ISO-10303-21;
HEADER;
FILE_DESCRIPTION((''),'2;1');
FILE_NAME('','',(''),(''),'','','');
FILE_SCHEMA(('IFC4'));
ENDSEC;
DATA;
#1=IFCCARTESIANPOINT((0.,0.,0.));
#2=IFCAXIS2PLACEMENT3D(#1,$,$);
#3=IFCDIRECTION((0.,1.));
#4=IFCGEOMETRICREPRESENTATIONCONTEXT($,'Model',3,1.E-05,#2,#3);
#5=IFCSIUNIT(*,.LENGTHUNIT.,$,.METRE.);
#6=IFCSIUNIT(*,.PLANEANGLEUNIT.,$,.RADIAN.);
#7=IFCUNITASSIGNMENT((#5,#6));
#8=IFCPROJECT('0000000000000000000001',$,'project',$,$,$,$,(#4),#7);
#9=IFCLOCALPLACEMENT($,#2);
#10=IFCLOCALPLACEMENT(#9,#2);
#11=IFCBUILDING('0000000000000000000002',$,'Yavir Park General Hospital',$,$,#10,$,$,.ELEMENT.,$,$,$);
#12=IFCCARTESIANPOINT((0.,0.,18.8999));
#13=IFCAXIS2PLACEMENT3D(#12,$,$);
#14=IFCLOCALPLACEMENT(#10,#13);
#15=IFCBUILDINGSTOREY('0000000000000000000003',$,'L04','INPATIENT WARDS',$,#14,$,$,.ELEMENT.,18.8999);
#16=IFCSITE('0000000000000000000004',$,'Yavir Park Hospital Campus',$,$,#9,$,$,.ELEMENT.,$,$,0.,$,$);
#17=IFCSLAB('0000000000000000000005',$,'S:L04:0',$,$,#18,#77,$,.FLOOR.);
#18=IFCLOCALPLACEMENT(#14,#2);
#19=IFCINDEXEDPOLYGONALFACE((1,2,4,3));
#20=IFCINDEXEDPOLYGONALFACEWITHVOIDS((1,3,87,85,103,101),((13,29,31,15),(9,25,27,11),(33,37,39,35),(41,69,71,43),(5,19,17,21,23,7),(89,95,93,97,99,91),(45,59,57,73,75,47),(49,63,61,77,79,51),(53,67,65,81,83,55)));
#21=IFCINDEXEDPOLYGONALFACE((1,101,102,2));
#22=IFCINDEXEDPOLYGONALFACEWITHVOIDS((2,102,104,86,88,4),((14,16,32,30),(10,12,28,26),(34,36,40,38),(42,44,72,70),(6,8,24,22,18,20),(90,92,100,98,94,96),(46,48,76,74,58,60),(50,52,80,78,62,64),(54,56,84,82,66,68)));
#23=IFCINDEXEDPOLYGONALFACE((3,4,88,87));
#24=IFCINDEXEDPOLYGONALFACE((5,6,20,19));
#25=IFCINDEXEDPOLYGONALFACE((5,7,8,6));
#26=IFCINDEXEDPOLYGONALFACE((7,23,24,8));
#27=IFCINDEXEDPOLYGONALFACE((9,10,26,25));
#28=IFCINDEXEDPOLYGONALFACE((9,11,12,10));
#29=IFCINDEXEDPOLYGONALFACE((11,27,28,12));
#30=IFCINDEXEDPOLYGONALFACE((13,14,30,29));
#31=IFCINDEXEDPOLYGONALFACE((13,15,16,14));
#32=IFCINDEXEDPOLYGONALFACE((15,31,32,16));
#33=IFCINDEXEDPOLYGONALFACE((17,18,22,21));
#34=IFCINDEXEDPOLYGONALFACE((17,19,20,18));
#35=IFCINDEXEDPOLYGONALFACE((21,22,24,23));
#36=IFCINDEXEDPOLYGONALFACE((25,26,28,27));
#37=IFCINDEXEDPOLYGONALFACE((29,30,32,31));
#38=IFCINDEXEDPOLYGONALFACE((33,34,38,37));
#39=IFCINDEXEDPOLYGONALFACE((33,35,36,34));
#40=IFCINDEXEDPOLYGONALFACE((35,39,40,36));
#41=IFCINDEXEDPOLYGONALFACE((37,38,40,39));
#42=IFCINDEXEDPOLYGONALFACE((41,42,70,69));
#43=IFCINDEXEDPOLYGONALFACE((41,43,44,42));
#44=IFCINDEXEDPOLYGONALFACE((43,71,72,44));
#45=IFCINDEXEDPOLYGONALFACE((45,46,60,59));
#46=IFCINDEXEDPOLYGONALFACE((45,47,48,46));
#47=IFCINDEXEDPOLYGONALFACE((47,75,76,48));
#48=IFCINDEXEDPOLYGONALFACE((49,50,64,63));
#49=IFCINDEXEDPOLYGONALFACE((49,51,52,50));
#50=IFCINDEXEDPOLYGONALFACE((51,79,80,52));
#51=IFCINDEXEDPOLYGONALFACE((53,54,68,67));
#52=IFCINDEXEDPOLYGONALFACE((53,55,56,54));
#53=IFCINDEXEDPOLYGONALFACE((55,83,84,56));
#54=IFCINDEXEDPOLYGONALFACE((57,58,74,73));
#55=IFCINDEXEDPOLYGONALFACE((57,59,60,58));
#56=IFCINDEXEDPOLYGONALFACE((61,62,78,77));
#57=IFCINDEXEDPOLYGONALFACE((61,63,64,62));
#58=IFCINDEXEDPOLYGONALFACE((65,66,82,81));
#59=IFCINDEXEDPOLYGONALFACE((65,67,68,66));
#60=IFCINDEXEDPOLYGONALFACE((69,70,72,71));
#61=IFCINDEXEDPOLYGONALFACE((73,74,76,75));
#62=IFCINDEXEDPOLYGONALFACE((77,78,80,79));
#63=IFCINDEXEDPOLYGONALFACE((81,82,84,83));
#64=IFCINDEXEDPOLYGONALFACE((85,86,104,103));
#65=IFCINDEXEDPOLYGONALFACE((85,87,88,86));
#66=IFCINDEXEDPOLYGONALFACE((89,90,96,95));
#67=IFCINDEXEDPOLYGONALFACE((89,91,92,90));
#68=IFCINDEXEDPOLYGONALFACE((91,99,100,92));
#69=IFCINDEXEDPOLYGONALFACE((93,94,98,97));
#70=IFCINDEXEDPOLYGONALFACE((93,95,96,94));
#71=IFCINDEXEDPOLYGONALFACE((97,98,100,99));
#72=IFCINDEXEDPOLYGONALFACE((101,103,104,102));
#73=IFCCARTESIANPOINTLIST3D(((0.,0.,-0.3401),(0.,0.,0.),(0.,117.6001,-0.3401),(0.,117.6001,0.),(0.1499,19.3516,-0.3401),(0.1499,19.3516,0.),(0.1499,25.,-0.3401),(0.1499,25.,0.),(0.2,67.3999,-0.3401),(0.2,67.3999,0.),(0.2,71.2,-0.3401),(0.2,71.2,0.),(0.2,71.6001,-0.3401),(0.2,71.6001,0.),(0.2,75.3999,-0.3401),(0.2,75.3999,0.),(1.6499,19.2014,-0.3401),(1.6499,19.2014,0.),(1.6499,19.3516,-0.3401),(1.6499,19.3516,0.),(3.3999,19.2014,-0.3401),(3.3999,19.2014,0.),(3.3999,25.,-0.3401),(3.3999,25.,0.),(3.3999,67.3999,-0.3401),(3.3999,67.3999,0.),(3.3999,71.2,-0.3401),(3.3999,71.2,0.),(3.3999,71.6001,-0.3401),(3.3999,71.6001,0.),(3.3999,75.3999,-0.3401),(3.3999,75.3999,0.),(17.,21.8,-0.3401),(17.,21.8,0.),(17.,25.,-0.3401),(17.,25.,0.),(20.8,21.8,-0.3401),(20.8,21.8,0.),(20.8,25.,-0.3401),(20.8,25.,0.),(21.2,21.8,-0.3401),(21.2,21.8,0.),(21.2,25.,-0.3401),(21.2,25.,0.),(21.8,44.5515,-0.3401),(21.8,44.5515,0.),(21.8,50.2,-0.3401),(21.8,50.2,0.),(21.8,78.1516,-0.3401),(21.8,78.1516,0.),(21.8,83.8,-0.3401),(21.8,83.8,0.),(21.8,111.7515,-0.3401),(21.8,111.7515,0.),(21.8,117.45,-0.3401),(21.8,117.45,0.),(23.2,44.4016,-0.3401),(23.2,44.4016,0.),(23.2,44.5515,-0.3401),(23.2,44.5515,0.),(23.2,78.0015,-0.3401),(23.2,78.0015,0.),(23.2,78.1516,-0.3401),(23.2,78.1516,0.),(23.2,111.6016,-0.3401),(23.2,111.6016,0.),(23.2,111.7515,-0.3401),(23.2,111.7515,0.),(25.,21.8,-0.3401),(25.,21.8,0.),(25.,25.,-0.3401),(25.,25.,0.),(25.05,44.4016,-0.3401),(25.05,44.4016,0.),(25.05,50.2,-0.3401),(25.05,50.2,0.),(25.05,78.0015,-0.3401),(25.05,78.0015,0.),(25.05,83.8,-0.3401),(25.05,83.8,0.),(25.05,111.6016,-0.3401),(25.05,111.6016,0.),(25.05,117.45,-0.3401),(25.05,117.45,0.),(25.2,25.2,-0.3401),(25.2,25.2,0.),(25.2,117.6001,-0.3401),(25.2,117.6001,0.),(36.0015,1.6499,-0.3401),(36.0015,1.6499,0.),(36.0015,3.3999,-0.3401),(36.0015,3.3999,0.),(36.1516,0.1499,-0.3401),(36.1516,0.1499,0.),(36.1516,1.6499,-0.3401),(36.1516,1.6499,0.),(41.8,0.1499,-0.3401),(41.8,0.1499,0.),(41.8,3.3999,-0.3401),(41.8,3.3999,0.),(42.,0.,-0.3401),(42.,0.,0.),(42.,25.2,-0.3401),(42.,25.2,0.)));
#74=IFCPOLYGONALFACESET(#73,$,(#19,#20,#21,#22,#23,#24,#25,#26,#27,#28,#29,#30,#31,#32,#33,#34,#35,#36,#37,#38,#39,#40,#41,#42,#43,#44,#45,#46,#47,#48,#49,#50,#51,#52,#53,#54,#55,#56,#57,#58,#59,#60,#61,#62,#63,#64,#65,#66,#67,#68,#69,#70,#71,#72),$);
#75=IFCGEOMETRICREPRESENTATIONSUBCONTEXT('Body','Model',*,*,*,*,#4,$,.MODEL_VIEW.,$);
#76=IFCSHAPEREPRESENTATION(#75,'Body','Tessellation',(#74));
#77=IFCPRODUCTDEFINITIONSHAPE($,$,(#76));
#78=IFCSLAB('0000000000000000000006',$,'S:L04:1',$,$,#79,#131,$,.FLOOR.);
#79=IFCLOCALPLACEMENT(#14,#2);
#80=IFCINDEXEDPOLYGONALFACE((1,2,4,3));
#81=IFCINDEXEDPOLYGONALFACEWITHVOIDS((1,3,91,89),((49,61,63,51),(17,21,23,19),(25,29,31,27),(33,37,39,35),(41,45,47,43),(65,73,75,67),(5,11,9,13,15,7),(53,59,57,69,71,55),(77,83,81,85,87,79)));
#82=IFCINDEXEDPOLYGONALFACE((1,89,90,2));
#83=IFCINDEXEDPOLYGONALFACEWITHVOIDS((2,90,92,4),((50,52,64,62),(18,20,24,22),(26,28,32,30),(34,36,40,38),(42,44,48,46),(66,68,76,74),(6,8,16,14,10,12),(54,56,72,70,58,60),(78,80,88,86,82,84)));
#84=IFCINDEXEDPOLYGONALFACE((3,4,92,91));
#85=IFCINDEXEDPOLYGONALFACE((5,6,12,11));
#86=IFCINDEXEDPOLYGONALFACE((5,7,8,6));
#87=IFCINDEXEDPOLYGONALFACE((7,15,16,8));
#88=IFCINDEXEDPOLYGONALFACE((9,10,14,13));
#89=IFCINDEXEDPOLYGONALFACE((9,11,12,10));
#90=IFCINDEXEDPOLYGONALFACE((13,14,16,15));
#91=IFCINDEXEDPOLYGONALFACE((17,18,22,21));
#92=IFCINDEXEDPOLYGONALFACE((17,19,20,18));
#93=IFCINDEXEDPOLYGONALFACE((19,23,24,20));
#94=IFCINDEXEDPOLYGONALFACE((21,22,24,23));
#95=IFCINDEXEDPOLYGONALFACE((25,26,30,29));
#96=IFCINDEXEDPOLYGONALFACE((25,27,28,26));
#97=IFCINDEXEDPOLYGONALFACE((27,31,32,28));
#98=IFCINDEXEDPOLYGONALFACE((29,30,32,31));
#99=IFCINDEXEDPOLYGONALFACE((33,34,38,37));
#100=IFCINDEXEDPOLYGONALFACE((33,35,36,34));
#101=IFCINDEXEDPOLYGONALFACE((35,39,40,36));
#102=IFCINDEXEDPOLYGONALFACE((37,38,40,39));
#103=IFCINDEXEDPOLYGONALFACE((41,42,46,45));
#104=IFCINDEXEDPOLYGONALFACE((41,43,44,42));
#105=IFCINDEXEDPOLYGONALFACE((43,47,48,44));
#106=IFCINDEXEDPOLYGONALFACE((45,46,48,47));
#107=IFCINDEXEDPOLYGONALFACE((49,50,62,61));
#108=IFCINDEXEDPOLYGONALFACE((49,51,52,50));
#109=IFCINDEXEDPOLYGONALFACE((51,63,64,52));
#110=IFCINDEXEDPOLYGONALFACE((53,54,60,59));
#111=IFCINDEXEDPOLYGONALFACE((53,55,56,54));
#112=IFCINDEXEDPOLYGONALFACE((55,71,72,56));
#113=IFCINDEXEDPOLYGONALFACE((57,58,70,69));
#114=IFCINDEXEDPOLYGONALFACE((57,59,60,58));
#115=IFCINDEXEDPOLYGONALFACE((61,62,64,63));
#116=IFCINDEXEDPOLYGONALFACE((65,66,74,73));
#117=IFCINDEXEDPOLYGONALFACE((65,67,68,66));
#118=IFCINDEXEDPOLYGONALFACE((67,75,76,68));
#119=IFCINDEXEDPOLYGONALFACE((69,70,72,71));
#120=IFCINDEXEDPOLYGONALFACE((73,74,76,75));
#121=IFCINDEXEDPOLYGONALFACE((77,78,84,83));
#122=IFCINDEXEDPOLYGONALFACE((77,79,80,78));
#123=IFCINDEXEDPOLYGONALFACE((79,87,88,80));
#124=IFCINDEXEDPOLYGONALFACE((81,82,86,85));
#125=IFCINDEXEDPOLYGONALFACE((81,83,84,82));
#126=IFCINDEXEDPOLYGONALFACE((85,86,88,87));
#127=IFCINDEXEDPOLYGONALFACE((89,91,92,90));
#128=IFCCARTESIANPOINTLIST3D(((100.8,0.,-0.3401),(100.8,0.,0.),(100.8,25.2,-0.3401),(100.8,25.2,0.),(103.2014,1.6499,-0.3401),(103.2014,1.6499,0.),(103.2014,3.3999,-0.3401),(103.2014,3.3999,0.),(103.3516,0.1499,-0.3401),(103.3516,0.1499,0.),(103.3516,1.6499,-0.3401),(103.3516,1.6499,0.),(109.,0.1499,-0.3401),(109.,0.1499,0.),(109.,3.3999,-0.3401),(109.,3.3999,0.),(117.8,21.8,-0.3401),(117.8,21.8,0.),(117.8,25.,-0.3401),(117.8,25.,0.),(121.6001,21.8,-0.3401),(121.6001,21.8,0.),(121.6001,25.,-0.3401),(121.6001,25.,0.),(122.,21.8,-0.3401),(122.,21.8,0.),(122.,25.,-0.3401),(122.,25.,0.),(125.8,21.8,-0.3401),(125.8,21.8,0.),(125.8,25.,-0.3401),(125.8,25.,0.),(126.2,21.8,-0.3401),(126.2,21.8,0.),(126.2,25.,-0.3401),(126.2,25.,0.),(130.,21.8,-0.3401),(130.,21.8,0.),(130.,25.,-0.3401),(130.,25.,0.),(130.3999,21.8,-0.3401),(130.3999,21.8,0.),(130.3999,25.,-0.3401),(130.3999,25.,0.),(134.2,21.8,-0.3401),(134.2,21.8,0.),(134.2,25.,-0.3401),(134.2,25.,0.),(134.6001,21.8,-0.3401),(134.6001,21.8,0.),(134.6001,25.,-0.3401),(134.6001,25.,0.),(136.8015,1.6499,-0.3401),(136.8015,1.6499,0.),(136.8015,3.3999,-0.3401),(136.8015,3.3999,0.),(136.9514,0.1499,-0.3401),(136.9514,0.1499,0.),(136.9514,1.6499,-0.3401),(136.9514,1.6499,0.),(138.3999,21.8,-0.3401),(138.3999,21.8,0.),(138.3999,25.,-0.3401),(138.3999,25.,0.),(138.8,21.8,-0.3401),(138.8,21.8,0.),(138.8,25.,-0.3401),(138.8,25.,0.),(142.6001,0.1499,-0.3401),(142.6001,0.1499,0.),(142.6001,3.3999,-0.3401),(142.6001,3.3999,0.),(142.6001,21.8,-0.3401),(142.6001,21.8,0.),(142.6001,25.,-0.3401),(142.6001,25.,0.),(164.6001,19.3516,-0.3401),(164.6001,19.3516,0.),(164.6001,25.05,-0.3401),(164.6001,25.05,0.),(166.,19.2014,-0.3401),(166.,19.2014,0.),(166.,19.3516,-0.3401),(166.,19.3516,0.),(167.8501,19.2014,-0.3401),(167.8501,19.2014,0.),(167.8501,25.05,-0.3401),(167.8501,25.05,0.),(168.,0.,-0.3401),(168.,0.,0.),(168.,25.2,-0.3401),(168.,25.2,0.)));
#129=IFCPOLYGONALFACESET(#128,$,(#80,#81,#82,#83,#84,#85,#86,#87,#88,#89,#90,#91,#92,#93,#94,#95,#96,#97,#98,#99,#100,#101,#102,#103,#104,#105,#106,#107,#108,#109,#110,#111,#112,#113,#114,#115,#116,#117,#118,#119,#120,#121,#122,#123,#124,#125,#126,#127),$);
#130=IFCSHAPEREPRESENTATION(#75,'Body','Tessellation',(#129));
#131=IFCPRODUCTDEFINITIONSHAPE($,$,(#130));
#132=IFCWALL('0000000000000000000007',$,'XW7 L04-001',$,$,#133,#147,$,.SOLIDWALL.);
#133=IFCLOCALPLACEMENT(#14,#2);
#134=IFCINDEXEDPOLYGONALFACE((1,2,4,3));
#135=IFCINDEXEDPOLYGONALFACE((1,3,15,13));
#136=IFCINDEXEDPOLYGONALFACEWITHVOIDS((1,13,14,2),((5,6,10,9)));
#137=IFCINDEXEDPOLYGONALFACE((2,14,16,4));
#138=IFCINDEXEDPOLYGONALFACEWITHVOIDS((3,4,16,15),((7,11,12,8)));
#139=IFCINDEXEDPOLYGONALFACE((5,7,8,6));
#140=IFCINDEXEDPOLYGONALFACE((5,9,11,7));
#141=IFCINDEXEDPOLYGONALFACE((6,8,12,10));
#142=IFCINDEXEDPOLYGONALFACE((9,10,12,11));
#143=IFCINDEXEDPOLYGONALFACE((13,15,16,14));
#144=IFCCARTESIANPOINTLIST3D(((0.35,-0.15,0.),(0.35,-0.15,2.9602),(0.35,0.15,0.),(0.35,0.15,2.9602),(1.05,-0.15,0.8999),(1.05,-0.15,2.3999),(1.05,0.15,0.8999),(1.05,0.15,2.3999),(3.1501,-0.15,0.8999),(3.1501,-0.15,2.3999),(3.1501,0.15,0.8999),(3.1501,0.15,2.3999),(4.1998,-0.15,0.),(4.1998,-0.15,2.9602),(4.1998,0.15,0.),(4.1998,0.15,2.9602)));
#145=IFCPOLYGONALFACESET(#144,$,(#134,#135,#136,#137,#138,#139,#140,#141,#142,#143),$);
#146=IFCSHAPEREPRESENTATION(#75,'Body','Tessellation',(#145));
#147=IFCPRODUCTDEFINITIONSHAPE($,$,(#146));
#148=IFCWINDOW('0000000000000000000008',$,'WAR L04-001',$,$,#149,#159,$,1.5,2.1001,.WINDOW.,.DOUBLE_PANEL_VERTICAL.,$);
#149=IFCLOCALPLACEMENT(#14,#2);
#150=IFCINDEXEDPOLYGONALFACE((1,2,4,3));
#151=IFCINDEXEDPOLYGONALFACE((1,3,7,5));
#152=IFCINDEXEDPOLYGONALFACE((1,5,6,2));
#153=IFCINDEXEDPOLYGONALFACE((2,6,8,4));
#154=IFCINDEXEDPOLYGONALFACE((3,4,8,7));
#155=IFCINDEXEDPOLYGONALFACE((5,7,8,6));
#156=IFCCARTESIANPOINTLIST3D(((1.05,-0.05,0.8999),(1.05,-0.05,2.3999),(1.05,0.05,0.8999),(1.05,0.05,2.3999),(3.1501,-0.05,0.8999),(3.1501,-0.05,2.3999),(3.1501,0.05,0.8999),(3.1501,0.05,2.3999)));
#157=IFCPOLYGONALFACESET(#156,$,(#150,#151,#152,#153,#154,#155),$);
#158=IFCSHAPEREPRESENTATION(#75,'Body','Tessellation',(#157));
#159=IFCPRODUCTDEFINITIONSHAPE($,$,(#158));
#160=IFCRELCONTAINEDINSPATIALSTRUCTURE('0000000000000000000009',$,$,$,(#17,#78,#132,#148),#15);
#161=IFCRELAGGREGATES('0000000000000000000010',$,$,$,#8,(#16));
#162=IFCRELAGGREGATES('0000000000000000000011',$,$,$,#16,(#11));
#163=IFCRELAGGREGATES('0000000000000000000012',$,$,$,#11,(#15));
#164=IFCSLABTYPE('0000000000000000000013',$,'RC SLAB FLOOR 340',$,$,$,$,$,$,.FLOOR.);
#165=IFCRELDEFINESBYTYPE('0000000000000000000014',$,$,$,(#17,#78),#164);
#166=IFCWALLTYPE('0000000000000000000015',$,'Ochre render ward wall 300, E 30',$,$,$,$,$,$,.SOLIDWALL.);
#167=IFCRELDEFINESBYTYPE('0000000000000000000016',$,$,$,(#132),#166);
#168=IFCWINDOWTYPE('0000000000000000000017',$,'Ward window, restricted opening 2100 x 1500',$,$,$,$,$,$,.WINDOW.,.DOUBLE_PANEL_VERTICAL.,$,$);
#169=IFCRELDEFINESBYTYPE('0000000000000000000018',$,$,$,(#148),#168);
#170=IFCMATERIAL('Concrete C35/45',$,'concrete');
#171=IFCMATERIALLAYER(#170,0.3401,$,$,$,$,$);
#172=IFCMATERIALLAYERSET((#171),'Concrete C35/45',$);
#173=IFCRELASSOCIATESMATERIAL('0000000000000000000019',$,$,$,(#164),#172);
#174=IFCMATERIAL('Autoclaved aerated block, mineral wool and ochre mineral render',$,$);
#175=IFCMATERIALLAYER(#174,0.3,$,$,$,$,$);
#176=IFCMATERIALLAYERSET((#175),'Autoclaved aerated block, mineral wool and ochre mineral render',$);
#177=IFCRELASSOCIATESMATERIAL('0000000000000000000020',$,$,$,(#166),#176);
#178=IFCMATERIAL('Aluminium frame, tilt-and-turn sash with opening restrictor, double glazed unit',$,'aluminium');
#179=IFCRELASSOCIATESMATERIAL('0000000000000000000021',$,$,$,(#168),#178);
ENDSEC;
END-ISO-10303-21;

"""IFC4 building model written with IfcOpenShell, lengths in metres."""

from ifc_helpers import new_model, si_unit, direction, frame, frame_2d, origin, place, context, subcontext, project, spatial, polyline, rectangle, outline, extrude, material, layer, layer_set, type_object, element, fill, save


model = new_model("IFC4")

# Units and contexts
model_context = context("Model", 3, precision=1e-05, world=origin(), true_north=direction((0.0, 1.0)))
body_context = subcontext(model_context, "Body", "Model", "MODEL_VIEW")
ifc_project = project(units=[si_unit("LENGTHUNIT", "METRE"), si_unit("PLANEANGLEUNIT", "RADIAN")], contexts=[model_context])

# Site, building, storey
site_placement = place(None, origin())
site = spatial("IfcSite", under=ifc_project, at=site_placement, Name="Yavir Park Hospital Campus", CompositionType="ELEMENT", RefElevation=0.0)
building_placement = place(site_placement, origin())
building = spatial("IfcBuilding", under=site, at=building_placement, Name="Yavir Park General Hospital", CompositionType="ELEMENT")
storey_placement = place(building_placement, frame((0.0, 0.0, 18.8999)))
storey = spatial("IfcBuildingStorey", under=building, at=storey_placement, Name="L04", Description="INPATIENT WARDS", CompositionType="ELEMENT", Elevation=18.8999)

# Slabs
ifc_material_1 = material(Name="Concrete C35/45", Category="concrete")
ifc_layer_1 = layer(ifc_material_1, 0.3401)
ifc_layer_set_1 = layer_set([ifc_layer_1], Name="Concrete C35/45")
slab_type_1 = type_object("IfcSlabType", Name="RC SLAB FLOOR 340", PredefinedType="FLOOR", material=ifc_layer_set_1)
slab_1_placement = place(storey_placement, frame((0.0, 0.0, -0.3401)))
element("IfcSlab", 1, at=slab_1_placement, inside=storey, type_object=slab_type_1, Name="S:L04:0", PredefinedType="FLOOR", context=body_context, shape_type="SweptSolid", body=[
    extrude(outline(polyline([(42.0, 25.2), (25.2, 25.2), (25.2, 117.6001), (0.0, 117.6001), (0.0, 0.0), (42.0, 0.0), (42.0, 25.2)]), holes=[polyline([(17.0, 21.8), (17.0, 25.0), (20.8, 25.0), (20.8, 21.8), (17.0, 21.8)]), polyline([(21.2, 21.8), (21.2, 25.0), (25.0, 25.0), (25.0, 21.8), (21.2, 21.8)]), polyline([(0.2, 67.3999), (0.2, 71.2), (3.3999, 71.2), (3.3999, 67.3999), (0.2, 67.3999)]), polyline([(0.2, 71.6001), (0.2, 75.3999), (3.3999, 75.3999), (3.3999, 71.6001), (0.2, 71.6001)]), polyline([(3.3999, 19.2014), (1.6499, 19.2014), (1.6499, 19.3516), (0.1499, 19.3516), (0.1499, 25.0), (3.3999, 25.0), (3.3999, 19.2014)]), polyline([(41.8, 0.1499), (36.1516, 0.1499), (36.1516, 1.6499), (36.0015, 1.6499), (36.0015, 3.3999), (41.8, 3.3999), (41.8, 0.1499)]), polyline([(21.8, 50.2), (25.05, 50.2), (25.05, 44.4016), (23.2, 44.4016), (23.2, 44.5515), (21.8, 44.5515), (21.8, 50.2)]), polyline([(25.05, 78.0015), (23.2, 78.0015), (23.2, 78.1516), (21.8, 78.1516), (21.8, 83.8), (25.05, 83.8), (25.05, 78.0015)]), polyline([(23.2, 111.7515), (21.8, 111.7515), (21.8, 117.45), (25.05, 117.45), (25.05, 111.6016), (23.2, 111.6016), (23.2, 111.7515)])]), origin(), (0.0, 0.0, 1.0), 0.3401),
])
slab_2_placement = place(storey_placement, frame((0.0, 0.0, -0.3401)))
element("IfcSlab", 2, at=slab_2_placement, inside=storey, type_object=slab_type_1, Name="S:L04:1", PredefinedType="FLOOR", context=body_context, shape_type="SweptSolid", body=[
    extrude(outline(polyline([(100.8, 25.2), (100.8, 0.0), (168.0, 0.0), (168.0, 25.2), (100.8, 25.2)]), holes=[polyline([(117.8, 21.8), (117.8, 25.0), (121.6001, 25.0), (121.6001, 21.8), (117.8, 21.8)]), polyline([(122.0, 21.8), (122.0, 25.0), (125.8, 25.0), (125.8, 21.8), (122.0, 21.8)]), polyline([(126.2, 21.8), (126.2, 25.0), (130.0, 25.0), (130.0, 21.8), (126.2, 21.8)]), polyline([(130.3999, 21.8), (130.3999, 25.0), (134.2, 25.0), (134.2, 21.8), (130.3999, 21.8)]), polyline([(134.6001, 25.0), (138.3999, 25.0), (138.3999, 21.8), (134.6001, 21.8), (134.6001, 25.0)]), polyline([(138.8, 25.0), (142.6001, 25.0), (142.6001, 21.8), (138.8, 21.8), (138.8, 25.0)]), polyline([(103.3516, 1.6499), (103.2014, 1.6499), (103.2014, 3.3999), (109.0, 3.3999), (109.0, 0.1499), (103.3516, 0.1499), (103.3516, 1.6499)]), polyline([(136.8015, 3.3999), (142.6001, 3.3999), (142.6001, 0.1499), (136.9514, 0.1499), (136.9514, 1.6499), (136.8015, 1.6499), (136.8015, 3.3999)]), polyline([(166.0, 19.3516), (164.6001, 19.3516), (164.6001, 25.05), (167.8501, 25.05), (167.8501, 19.2014), (166.0, 19.2014), (166.0, 19.3516)])]), origin(), (0.0, 0.0, 1.0), 0.3401),
])

# Wall, opening, window
ifc_material_2 = material(Name="Autoclaved aerated block, mineral wool and ochre mineral render")
ifc_layer_2 = layer(ifc_material_2, 0.3)
ifc_layer_set_2 = layer_set([ifc_layer_2], Name="Autoclaved aerated block, mineral wool and ochre mineral render")
wall_type = type_object("IfcWallType", Name="Ochre render ward wall 300, E 30", PredefinedType="SOLIDWALL", material=ifc_layer_set_2)
wall_1_placement = place(storey_placement, frame((0.3501, 0.0, 0.0), z_axis=(0.0, 0.0, 1.0), x_axis=(1.0, 0.0, 0.0)))
wall_1 = element("IfcWall", 3, at=wall_1_placement, inside=storey, type_object=wall_type, Name="XW7 L04-001", PredefinedType="SOLIDWALL", context=body_context, shape_type="SweptSolid", body=[
    extrude(rectangle(XDim=3.8499, YDim=0.3, at=frame_2d((1.9248, 0.0))), origin(), (0.0, 0.0, 1.0), 2.9602),
])
opening_1_placement = place(wall_1_placement, frame((0.7, 0.0, 0.8999)))
opening_1 = element("IfcOpeningElement", 4, at=opening_1_placement, cuts=wall_1, PredefinedType="OPENING", context=body_context, shape_type="SweptSolid", body=[
    extrude(rectangle(XDim=2.1001, YDim=1.5, at=frame_2d((1.05, 0.75))), frame((0.0, 0.1599, 0.0), z_axis=(0.0, -1.0, 0.0), x_axis=(1.0, 0.0, 0.0)), (0.0, 0.0, 1.0), 0.3201),
])
ifc_material_3 = material(Name="Aluminium frame, tilt-and-turn sash with opening restrictor, double glazed unit", Category="aluminium")
window_type = type_object("IfcWindowType", Name="Ward window, restricted opening 2100 x 1500", PartitioningType="DOUBLE_PANEL_VERTICAL", PredefinedType="WINDOW", material=ifc_material_3)
window_1_placement = place(opening_1_placement, origin())
window_1 = element("IfcWindow", 5, at=window_1_placement, inside=storey, type_object=window_type, Name="WAR L04-001", OverallHeight=1.5, OverallWidth=2.1001, PartitioningType="DOUBLE_PANEL_VERTICAL", PredefinedType="WINDOW", context=body_context, shape_type="SweptSolid", body=[
    extrude(rectangle(XDim=2.1001, YDim=1.5, at=frame_2d((1.05, 0.75))), frame((0.0, 0.05, 0.0), z_axis=(0.0, -1.0, 0.0), x_axis=(1.0, 0.0, 0.0)), (0.0, 0.0, 1.0), 0.1001),
])
fill(opening_1, window_1)

save(model, "model.ifc")
